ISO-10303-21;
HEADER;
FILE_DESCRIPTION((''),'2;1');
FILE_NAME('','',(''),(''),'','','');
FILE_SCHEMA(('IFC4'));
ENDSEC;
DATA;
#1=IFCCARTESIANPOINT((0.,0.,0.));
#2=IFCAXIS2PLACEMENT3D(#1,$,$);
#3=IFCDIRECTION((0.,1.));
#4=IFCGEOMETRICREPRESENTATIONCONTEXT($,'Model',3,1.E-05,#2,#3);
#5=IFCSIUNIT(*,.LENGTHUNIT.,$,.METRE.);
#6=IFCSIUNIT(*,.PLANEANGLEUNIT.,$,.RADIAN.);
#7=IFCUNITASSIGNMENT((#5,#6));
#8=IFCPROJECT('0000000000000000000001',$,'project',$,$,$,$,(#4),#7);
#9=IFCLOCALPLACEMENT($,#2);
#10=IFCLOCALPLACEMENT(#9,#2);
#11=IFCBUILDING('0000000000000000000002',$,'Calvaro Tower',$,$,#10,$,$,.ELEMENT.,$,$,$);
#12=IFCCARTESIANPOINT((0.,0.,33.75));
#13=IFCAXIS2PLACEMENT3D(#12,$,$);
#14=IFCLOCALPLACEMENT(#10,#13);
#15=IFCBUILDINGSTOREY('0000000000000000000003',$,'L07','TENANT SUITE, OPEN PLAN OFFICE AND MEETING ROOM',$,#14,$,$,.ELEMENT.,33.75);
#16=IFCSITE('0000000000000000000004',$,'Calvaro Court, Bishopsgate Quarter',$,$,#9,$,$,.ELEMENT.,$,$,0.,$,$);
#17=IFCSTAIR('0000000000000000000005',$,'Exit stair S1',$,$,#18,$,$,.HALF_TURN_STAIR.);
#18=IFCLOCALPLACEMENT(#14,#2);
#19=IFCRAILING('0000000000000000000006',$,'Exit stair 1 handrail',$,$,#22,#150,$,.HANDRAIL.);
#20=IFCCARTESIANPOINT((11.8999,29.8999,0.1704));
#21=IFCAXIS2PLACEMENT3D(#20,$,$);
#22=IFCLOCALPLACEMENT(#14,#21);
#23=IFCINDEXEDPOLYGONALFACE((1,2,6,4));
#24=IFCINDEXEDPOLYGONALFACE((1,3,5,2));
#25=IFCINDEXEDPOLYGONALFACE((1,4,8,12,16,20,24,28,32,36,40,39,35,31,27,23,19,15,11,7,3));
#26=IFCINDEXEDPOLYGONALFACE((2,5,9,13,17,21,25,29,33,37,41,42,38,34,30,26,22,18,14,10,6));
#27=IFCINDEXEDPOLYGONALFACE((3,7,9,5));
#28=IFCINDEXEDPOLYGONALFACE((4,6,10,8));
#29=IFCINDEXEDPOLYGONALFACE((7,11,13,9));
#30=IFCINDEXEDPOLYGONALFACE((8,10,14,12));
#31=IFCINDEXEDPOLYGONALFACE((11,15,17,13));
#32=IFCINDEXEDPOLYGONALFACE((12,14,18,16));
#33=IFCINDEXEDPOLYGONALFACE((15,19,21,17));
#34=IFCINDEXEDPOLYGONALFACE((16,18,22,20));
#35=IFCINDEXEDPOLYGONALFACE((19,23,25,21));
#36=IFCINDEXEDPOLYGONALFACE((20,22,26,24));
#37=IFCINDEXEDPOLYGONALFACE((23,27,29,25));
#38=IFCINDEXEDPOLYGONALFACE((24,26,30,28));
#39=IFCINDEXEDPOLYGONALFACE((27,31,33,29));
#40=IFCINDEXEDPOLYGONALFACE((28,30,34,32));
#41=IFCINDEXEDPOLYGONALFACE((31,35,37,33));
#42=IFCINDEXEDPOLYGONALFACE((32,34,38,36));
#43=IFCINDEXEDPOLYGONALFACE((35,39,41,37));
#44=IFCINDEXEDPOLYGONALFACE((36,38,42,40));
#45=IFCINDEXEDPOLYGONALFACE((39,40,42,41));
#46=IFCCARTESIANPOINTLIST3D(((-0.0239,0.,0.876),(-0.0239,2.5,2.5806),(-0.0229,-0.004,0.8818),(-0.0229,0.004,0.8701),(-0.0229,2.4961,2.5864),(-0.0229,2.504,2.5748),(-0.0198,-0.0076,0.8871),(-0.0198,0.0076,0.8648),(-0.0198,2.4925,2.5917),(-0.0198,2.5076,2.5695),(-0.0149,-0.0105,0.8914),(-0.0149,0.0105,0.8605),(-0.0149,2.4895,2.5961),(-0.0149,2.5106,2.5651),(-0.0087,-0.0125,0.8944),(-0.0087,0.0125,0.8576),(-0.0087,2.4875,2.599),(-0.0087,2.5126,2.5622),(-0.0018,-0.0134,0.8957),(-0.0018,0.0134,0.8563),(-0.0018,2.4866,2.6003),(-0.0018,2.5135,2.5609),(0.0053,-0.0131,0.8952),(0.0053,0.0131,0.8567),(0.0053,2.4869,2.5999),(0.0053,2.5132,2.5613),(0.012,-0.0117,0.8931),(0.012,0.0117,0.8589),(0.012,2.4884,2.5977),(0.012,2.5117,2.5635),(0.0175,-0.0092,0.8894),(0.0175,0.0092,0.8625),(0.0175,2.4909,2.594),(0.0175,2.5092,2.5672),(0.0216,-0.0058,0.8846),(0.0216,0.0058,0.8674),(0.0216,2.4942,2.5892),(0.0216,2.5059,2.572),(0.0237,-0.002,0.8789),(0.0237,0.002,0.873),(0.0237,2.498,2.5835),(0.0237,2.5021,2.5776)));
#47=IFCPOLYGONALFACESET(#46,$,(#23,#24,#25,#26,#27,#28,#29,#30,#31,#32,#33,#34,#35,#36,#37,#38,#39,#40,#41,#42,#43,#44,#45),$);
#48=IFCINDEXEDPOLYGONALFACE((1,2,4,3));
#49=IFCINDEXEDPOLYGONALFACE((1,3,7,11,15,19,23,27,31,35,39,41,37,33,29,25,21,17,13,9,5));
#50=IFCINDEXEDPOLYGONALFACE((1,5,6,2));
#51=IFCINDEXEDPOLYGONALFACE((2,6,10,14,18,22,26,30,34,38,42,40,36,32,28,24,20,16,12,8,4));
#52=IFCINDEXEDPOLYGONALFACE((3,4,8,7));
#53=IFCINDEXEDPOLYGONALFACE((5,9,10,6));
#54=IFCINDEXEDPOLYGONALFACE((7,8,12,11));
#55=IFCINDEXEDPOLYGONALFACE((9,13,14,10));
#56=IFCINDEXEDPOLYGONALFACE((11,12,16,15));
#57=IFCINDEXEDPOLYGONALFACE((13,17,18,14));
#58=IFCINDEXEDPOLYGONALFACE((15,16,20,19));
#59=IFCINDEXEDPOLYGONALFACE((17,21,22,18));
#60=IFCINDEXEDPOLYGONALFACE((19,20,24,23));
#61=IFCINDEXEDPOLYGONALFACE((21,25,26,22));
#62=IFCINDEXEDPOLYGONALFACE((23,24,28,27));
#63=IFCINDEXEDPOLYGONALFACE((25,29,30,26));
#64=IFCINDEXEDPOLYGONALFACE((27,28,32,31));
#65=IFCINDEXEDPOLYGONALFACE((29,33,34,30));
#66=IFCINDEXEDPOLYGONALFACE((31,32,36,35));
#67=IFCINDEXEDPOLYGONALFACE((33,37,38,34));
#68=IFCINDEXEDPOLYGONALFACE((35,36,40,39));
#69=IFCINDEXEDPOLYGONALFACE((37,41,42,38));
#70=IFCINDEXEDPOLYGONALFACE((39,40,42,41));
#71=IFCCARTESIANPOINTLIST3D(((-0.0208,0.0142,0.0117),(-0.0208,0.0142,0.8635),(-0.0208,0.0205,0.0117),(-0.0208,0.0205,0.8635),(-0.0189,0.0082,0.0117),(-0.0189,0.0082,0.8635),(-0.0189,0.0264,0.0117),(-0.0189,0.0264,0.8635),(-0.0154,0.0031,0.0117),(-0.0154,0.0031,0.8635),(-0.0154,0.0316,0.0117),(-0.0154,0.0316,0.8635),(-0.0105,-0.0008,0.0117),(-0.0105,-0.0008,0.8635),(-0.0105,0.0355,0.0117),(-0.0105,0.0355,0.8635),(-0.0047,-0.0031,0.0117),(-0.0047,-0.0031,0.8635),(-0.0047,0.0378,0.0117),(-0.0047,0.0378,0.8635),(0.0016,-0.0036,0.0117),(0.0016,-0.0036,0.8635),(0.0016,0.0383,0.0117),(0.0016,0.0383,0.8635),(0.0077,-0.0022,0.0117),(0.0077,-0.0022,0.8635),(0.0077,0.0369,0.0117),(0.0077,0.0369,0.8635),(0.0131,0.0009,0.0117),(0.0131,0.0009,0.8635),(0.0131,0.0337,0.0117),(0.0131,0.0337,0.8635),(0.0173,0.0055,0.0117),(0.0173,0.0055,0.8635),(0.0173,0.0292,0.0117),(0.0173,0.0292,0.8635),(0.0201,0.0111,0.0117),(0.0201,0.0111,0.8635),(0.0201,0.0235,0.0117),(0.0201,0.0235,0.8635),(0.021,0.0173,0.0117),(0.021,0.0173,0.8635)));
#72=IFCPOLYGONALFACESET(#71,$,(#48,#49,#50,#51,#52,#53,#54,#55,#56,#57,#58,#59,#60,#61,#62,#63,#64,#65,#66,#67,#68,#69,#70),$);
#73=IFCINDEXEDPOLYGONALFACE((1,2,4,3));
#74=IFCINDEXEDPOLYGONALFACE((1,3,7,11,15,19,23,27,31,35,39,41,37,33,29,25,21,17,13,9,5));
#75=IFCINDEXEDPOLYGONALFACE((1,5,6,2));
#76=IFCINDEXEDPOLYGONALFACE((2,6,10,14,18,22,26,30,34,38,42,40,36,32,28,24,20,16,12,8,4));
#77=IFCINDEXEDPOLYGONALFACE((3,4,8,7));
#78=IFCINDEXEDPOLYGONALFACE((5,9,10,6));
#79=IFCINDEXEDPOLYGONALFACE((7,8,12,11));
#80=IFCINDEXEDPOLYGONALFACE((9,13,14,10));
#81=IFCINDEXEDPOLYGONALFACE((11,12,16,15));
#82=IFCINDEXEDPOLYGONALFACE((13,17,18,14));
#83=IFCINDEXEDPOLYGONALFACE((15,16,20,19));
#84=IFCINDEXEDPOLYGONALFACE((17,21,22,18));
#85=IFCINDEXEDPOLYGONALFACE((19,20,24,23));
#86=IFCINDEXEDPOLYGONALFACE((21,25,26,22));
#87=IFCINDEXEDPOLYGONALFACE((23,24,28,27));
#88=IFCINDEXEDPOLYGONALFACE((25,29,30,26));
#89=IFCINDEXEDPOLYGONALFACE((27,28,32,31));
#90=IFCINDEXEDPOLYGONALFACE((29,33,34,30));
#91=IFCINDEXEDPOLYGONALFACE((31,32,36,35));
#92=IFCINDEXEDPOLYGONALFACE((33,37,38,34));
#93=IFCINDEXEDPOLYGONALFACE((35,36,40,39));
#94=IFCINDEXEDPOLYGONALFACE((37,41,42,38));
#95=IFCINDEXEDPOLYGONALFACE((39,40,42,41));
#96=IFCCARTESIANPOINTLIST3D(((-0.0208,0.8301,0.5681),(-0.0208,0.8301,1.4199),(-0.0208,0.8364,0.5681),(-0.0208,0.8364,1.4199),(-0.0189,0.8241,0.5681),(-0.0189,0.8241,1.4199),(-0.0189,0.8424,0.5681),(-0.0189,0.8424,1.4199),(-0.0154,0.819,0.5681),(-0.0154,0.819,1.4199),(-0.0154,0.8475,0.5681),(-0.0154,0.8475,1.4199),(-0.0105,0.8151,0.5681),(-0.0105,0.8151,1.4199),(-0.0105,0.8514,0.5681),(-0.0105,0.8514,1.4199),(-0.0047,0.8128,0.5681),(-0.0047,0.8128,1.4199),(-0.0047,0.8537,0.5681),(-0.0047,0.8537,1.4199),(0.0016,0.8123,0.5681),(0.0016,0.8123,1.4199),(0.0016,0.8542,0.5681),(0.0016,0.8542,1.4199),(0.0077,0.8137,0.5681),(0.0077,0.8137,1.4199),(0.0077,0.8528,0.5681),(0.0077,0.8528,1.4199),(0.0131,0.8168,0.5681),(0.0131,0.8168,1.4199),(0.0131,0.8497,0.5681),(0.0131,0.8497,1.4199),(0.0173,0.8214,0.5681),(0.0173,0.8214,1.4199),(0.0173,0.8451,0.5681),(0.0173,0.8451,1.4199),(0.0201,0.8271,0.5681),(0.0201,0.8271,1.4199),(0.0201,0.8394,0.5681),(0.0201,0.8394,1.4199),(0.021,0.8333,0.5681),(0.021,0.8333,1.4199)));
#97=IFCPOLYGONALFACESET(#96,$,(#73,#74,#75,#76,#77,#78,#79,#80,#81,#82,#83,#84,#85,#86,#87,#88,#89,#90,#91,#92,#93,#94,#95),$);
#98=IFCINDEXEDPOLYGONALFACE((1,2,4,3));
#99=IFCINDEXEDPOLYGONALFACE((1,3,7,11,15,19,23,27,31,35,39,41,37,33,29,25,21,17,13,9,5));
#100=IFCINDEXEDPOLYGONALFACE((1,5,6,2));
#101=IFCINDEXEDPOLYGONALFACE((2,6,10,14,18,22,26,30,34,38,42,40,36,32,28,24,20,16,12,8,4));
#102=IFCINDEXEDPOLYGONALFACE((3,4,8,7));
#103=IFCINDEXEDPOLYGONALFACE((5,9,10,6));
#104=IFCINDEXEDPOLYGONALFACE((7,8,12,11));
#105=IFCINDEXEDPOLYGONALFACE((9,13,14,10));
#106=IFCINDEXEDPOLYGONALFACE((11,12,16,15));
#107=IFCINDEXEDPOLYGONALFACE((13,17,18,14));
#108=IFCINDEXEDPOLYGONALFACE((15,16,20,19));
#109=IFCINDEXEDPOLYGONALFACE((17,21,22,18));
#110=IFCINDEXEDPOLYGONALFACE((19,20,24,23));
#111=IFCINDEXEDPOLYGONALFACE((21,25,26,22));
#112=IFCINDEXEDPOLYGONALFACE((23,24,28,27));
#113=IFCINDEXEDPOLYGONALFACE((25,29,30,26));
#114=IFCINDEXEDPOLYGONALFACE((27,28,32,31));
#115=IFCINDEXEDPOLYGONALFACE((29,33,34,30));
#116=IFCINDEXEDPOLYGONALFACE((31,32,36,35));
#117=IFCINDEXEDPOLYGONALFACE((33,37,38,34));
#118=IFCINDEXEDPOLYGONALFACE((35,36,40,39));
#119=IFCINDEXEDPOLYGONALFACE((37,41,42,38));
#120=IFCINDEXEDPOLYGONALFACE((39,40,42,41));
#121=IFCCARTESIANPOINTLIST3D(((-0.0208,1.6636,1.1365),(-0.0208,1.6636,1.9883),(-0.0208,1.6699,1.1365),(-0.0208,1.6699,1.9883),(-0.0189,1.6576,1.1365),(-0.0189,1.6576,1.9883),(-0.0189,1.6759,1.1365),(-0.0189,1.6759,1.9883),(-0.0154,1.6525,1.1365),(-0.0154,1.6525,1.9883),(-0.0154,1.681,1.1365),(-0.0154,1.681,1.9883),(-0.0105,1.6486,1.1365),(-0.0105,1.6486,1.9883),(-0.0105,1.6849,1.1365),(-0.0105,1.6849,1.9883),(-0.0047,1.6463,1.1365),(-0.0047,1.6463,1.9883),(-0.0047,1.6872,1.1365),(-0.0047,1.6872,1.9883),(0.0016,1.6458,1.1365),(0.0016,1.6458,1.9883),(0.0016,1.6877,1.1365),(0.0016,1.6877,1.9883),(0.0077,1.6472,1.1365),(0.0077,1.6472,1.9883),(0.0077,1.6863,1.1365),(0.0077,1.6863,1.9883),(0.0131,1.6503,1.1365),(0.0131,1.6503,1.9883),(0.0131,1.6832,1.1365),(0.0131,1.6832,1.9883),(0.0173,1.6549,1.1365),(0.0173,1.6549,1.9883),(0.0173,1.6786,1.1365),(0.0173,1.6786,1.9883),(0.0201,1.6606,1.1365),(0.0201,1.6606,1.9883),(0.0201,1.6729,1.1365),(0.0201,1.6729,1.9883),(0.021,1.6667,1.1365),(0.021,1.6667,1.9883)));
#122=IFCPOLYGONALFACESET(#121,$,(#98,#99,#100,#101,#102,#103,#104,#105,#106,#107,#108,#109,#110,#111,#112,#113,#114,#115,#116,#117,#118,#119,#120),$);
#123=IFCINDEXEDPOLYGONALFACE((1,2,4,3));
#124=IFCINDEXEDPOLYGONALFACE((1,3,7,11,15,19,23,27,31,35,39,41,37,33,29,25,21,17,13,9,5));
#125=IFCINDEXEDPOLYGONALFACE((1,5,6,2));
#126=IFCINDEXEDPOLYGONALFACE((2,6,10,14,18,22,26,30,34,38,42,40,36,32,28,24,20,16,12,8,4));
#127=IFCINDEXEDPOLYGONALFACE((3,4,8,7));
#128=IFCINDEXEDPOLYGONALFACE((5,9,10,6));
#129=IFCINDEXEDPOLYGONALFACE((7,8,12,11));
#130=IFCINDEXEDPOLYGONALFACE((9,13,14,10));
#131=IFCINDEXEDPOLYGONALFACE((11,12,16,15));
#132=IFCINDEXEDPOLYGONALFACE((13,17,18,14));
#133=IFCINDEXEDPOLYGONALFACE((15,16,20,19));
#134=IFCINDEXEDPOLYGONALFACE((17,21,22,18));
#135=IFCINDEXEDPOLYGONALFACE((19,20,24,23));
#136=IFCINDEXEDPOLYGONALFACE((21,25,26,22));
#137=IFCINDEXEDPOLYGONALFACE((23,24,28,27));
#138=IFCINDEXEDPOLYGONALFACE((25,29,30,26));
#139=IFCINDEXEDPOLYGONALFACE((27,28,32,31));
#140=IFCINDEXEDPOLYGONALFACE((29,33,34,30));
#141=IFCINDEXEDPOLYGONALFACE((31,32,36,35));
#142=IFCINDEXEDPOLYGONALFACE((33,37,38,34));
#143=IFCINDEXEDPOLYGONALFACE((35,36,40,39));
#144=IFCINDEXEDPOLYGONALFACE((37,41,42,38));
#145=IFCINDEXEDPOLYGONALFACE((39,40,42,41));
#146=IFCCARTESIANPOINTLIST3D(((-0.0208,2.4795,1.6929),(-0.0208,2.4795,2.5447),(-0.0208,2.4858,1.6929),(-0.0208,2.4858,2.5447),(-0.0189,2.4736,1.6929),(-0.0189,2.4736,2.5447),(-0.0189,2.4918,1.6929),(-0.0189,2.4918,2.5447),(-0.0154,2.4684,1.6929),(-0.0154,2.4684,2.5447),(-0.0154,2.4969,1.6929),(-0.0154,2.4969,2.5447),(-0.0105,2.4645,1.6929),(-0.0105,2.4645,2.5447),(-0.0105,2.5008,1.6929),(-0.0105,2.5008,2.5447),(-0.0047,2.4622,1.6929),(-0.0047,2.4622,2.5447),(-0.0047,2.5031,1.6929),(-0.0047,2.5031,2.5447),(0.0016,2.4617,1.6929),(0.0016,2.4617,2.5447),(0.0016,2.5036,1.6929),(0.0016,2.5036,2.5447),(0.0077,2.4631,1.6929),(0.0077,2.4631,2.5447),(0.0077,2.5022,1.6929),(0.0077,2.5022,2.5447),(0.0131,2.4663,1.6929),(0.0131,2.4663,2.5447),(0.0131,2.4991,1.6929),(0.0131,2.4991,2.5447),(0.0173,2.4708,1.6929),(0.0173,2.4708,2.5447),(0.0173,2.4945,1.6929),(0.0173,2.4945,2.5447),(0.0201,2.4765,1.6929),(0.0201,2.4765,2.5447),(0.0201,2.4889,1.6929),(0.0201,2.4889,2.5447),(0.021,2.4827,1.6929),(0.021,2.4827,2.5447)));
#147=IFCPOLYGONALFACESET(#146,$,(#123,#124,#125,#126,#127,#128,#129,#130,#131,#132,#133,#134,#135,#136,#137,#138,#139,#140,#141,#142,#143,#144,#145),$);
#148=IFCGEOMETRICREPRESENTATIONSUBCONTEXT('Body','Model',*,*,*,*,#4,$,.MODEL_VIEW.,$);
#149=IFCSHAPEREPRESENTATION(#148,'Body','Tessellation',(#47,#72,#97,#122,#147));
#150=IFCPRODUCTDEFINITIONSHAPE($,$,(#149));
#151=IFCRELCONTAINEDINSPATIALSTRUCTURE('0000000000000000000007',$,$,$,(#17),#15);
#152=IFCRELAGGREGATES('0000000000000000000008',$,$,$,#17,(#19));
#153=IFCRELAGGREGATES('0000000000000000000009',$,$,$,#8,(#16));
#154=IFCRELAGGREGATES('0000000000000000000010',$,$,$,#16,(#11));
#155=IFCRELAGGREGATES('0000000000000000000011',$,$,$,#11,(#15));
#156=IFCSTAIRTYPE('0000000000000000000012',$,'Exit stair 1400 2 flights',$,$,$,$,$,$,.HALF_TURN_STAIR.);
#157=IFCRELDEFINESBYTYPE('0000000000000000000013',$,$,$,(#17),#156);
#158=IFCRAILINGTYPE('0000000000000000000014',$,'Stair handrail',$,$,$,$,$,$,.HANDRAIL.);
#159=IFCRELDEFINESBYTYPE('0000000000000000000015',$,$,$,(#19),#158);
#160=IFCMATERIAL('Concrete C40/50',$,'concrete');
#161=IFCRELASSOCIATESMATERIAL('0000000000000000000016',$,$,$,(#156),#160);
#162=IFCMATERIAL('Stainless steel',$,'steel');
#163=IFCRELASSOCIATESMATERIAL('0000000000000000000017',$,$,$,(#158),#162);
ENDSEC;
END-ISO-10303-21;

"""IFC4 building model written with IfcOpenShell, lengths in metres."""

from ifc_helpers import new_model, si_unit, direction, frame, origin, origin_2d, place, context, subcontext, project, spatial, circle, extrude, material, type_object, element, aggregate, save


model = new_model("IFC4")

# Units and contexts
model_context = context("Model", 3, precision=1e-05, world=origin(), true_north=direction((0.0, 1.0)))
body_context = subcontext(model_context, "Body", "Model", "MODEL_VIEW")
ifc_project = project(units=[si_unit("LENGTHUNIT", "METRE"), si_unit("PLANEANGLEUNIT", "RADIAN")], contexts=[model_context])

# Site, building, storey
site_placement = place(None, origin())
site = spatial("IfcSite", under=ifc_project, at=site_placement, Name="Calvaro Court, Bishopsgate Quarter", CompositionType="ELEMENT", RefElevation=0.0)
building_placement = place(site_placement, origin())
building = spatial("IfcBuilding", under=site, at=building_placement, Name="Calvaro Tower", CompositionType="ELEMENT")
storey_placement = place(building_placement, frame((0.0, 0.0, 33.75)))
storey = spatial("IfcBuildingStorey", under=building, at=storey_placement, Name="L07", Description="TENANT SUITE, OPEN PLAN OFFICE AND MEETING ROOM", CompositionType="ELEMENT", Elevation=33.75)

# Stair, railing
ifc_material_1 = material(Name="Concrete C40/50", Category="concrete")
stair_type = type_object("IfcStairType", Name="Exit stair 1400 2 flights", PredefinedType="HALF_TURN_STAIR", material=ifc_material_1)
stair_placement = place(storey_placement, origin())
stair = element("IfcStair", 1, at=stair_placement, inside=storey, type_object=stair_type, Name="Exit stair S1", PredefinedType="HALF_TURN_STAIR")
ifc_material_2 = material(Name="Stainless steel", Category="steel")
railing_type = type_object("IfcRailingType", Name="Stair handrail", PredefinedType="HANDRAIL", material=ifc_material_2)
railing_1_placement = place(storey_placement, frame((11.8999, 29.8999, 0.1704)))
railing_1 = element("IfcRailing", 2, at=railing_1_placement, type_object=railing_type, Name="Exit stair 1 handrail", PredefinedType="HANDRAIL", context=body_context, shape_type="SweptSolid", body=[
    extrude(circle(Radius=0.0239, at=origin_2d()), frame((0.0, 0.0, 0.876), z_axis=(0.0, 0.826221, 0.563347), x_axis=(-1.0, 0.0, 0.0)), (0.0, 0.0, 1.0), 3.0259),
    extrude(circle(Radius=0.021, at=origin_2d()), frame((0.0, 0.0173, 0.0117)), (0.0, 0.0, 1.0), 0.8518),
    extrude(circle(Radius=0.021, at=origin_2d()), frame((0.0, 0.8333, 0.5681)), (0.0, 0.0, 1.0), 0.8518),
    extrude(circle(Radius=0.021, at=origin_2d()), frame((0.0, 1.6667, 1.1365)), (0.0, 0.0, 1.0), 0.8518),
    extrude(circle(Radius=0.021, at=origin_2d()), frame((0.0, 2.4827, 1.6929)), (0.0, 0.0, 1.0), 0.8518),
])
aggregate(stair, [railing_1])

save(model, "model.ifc")
